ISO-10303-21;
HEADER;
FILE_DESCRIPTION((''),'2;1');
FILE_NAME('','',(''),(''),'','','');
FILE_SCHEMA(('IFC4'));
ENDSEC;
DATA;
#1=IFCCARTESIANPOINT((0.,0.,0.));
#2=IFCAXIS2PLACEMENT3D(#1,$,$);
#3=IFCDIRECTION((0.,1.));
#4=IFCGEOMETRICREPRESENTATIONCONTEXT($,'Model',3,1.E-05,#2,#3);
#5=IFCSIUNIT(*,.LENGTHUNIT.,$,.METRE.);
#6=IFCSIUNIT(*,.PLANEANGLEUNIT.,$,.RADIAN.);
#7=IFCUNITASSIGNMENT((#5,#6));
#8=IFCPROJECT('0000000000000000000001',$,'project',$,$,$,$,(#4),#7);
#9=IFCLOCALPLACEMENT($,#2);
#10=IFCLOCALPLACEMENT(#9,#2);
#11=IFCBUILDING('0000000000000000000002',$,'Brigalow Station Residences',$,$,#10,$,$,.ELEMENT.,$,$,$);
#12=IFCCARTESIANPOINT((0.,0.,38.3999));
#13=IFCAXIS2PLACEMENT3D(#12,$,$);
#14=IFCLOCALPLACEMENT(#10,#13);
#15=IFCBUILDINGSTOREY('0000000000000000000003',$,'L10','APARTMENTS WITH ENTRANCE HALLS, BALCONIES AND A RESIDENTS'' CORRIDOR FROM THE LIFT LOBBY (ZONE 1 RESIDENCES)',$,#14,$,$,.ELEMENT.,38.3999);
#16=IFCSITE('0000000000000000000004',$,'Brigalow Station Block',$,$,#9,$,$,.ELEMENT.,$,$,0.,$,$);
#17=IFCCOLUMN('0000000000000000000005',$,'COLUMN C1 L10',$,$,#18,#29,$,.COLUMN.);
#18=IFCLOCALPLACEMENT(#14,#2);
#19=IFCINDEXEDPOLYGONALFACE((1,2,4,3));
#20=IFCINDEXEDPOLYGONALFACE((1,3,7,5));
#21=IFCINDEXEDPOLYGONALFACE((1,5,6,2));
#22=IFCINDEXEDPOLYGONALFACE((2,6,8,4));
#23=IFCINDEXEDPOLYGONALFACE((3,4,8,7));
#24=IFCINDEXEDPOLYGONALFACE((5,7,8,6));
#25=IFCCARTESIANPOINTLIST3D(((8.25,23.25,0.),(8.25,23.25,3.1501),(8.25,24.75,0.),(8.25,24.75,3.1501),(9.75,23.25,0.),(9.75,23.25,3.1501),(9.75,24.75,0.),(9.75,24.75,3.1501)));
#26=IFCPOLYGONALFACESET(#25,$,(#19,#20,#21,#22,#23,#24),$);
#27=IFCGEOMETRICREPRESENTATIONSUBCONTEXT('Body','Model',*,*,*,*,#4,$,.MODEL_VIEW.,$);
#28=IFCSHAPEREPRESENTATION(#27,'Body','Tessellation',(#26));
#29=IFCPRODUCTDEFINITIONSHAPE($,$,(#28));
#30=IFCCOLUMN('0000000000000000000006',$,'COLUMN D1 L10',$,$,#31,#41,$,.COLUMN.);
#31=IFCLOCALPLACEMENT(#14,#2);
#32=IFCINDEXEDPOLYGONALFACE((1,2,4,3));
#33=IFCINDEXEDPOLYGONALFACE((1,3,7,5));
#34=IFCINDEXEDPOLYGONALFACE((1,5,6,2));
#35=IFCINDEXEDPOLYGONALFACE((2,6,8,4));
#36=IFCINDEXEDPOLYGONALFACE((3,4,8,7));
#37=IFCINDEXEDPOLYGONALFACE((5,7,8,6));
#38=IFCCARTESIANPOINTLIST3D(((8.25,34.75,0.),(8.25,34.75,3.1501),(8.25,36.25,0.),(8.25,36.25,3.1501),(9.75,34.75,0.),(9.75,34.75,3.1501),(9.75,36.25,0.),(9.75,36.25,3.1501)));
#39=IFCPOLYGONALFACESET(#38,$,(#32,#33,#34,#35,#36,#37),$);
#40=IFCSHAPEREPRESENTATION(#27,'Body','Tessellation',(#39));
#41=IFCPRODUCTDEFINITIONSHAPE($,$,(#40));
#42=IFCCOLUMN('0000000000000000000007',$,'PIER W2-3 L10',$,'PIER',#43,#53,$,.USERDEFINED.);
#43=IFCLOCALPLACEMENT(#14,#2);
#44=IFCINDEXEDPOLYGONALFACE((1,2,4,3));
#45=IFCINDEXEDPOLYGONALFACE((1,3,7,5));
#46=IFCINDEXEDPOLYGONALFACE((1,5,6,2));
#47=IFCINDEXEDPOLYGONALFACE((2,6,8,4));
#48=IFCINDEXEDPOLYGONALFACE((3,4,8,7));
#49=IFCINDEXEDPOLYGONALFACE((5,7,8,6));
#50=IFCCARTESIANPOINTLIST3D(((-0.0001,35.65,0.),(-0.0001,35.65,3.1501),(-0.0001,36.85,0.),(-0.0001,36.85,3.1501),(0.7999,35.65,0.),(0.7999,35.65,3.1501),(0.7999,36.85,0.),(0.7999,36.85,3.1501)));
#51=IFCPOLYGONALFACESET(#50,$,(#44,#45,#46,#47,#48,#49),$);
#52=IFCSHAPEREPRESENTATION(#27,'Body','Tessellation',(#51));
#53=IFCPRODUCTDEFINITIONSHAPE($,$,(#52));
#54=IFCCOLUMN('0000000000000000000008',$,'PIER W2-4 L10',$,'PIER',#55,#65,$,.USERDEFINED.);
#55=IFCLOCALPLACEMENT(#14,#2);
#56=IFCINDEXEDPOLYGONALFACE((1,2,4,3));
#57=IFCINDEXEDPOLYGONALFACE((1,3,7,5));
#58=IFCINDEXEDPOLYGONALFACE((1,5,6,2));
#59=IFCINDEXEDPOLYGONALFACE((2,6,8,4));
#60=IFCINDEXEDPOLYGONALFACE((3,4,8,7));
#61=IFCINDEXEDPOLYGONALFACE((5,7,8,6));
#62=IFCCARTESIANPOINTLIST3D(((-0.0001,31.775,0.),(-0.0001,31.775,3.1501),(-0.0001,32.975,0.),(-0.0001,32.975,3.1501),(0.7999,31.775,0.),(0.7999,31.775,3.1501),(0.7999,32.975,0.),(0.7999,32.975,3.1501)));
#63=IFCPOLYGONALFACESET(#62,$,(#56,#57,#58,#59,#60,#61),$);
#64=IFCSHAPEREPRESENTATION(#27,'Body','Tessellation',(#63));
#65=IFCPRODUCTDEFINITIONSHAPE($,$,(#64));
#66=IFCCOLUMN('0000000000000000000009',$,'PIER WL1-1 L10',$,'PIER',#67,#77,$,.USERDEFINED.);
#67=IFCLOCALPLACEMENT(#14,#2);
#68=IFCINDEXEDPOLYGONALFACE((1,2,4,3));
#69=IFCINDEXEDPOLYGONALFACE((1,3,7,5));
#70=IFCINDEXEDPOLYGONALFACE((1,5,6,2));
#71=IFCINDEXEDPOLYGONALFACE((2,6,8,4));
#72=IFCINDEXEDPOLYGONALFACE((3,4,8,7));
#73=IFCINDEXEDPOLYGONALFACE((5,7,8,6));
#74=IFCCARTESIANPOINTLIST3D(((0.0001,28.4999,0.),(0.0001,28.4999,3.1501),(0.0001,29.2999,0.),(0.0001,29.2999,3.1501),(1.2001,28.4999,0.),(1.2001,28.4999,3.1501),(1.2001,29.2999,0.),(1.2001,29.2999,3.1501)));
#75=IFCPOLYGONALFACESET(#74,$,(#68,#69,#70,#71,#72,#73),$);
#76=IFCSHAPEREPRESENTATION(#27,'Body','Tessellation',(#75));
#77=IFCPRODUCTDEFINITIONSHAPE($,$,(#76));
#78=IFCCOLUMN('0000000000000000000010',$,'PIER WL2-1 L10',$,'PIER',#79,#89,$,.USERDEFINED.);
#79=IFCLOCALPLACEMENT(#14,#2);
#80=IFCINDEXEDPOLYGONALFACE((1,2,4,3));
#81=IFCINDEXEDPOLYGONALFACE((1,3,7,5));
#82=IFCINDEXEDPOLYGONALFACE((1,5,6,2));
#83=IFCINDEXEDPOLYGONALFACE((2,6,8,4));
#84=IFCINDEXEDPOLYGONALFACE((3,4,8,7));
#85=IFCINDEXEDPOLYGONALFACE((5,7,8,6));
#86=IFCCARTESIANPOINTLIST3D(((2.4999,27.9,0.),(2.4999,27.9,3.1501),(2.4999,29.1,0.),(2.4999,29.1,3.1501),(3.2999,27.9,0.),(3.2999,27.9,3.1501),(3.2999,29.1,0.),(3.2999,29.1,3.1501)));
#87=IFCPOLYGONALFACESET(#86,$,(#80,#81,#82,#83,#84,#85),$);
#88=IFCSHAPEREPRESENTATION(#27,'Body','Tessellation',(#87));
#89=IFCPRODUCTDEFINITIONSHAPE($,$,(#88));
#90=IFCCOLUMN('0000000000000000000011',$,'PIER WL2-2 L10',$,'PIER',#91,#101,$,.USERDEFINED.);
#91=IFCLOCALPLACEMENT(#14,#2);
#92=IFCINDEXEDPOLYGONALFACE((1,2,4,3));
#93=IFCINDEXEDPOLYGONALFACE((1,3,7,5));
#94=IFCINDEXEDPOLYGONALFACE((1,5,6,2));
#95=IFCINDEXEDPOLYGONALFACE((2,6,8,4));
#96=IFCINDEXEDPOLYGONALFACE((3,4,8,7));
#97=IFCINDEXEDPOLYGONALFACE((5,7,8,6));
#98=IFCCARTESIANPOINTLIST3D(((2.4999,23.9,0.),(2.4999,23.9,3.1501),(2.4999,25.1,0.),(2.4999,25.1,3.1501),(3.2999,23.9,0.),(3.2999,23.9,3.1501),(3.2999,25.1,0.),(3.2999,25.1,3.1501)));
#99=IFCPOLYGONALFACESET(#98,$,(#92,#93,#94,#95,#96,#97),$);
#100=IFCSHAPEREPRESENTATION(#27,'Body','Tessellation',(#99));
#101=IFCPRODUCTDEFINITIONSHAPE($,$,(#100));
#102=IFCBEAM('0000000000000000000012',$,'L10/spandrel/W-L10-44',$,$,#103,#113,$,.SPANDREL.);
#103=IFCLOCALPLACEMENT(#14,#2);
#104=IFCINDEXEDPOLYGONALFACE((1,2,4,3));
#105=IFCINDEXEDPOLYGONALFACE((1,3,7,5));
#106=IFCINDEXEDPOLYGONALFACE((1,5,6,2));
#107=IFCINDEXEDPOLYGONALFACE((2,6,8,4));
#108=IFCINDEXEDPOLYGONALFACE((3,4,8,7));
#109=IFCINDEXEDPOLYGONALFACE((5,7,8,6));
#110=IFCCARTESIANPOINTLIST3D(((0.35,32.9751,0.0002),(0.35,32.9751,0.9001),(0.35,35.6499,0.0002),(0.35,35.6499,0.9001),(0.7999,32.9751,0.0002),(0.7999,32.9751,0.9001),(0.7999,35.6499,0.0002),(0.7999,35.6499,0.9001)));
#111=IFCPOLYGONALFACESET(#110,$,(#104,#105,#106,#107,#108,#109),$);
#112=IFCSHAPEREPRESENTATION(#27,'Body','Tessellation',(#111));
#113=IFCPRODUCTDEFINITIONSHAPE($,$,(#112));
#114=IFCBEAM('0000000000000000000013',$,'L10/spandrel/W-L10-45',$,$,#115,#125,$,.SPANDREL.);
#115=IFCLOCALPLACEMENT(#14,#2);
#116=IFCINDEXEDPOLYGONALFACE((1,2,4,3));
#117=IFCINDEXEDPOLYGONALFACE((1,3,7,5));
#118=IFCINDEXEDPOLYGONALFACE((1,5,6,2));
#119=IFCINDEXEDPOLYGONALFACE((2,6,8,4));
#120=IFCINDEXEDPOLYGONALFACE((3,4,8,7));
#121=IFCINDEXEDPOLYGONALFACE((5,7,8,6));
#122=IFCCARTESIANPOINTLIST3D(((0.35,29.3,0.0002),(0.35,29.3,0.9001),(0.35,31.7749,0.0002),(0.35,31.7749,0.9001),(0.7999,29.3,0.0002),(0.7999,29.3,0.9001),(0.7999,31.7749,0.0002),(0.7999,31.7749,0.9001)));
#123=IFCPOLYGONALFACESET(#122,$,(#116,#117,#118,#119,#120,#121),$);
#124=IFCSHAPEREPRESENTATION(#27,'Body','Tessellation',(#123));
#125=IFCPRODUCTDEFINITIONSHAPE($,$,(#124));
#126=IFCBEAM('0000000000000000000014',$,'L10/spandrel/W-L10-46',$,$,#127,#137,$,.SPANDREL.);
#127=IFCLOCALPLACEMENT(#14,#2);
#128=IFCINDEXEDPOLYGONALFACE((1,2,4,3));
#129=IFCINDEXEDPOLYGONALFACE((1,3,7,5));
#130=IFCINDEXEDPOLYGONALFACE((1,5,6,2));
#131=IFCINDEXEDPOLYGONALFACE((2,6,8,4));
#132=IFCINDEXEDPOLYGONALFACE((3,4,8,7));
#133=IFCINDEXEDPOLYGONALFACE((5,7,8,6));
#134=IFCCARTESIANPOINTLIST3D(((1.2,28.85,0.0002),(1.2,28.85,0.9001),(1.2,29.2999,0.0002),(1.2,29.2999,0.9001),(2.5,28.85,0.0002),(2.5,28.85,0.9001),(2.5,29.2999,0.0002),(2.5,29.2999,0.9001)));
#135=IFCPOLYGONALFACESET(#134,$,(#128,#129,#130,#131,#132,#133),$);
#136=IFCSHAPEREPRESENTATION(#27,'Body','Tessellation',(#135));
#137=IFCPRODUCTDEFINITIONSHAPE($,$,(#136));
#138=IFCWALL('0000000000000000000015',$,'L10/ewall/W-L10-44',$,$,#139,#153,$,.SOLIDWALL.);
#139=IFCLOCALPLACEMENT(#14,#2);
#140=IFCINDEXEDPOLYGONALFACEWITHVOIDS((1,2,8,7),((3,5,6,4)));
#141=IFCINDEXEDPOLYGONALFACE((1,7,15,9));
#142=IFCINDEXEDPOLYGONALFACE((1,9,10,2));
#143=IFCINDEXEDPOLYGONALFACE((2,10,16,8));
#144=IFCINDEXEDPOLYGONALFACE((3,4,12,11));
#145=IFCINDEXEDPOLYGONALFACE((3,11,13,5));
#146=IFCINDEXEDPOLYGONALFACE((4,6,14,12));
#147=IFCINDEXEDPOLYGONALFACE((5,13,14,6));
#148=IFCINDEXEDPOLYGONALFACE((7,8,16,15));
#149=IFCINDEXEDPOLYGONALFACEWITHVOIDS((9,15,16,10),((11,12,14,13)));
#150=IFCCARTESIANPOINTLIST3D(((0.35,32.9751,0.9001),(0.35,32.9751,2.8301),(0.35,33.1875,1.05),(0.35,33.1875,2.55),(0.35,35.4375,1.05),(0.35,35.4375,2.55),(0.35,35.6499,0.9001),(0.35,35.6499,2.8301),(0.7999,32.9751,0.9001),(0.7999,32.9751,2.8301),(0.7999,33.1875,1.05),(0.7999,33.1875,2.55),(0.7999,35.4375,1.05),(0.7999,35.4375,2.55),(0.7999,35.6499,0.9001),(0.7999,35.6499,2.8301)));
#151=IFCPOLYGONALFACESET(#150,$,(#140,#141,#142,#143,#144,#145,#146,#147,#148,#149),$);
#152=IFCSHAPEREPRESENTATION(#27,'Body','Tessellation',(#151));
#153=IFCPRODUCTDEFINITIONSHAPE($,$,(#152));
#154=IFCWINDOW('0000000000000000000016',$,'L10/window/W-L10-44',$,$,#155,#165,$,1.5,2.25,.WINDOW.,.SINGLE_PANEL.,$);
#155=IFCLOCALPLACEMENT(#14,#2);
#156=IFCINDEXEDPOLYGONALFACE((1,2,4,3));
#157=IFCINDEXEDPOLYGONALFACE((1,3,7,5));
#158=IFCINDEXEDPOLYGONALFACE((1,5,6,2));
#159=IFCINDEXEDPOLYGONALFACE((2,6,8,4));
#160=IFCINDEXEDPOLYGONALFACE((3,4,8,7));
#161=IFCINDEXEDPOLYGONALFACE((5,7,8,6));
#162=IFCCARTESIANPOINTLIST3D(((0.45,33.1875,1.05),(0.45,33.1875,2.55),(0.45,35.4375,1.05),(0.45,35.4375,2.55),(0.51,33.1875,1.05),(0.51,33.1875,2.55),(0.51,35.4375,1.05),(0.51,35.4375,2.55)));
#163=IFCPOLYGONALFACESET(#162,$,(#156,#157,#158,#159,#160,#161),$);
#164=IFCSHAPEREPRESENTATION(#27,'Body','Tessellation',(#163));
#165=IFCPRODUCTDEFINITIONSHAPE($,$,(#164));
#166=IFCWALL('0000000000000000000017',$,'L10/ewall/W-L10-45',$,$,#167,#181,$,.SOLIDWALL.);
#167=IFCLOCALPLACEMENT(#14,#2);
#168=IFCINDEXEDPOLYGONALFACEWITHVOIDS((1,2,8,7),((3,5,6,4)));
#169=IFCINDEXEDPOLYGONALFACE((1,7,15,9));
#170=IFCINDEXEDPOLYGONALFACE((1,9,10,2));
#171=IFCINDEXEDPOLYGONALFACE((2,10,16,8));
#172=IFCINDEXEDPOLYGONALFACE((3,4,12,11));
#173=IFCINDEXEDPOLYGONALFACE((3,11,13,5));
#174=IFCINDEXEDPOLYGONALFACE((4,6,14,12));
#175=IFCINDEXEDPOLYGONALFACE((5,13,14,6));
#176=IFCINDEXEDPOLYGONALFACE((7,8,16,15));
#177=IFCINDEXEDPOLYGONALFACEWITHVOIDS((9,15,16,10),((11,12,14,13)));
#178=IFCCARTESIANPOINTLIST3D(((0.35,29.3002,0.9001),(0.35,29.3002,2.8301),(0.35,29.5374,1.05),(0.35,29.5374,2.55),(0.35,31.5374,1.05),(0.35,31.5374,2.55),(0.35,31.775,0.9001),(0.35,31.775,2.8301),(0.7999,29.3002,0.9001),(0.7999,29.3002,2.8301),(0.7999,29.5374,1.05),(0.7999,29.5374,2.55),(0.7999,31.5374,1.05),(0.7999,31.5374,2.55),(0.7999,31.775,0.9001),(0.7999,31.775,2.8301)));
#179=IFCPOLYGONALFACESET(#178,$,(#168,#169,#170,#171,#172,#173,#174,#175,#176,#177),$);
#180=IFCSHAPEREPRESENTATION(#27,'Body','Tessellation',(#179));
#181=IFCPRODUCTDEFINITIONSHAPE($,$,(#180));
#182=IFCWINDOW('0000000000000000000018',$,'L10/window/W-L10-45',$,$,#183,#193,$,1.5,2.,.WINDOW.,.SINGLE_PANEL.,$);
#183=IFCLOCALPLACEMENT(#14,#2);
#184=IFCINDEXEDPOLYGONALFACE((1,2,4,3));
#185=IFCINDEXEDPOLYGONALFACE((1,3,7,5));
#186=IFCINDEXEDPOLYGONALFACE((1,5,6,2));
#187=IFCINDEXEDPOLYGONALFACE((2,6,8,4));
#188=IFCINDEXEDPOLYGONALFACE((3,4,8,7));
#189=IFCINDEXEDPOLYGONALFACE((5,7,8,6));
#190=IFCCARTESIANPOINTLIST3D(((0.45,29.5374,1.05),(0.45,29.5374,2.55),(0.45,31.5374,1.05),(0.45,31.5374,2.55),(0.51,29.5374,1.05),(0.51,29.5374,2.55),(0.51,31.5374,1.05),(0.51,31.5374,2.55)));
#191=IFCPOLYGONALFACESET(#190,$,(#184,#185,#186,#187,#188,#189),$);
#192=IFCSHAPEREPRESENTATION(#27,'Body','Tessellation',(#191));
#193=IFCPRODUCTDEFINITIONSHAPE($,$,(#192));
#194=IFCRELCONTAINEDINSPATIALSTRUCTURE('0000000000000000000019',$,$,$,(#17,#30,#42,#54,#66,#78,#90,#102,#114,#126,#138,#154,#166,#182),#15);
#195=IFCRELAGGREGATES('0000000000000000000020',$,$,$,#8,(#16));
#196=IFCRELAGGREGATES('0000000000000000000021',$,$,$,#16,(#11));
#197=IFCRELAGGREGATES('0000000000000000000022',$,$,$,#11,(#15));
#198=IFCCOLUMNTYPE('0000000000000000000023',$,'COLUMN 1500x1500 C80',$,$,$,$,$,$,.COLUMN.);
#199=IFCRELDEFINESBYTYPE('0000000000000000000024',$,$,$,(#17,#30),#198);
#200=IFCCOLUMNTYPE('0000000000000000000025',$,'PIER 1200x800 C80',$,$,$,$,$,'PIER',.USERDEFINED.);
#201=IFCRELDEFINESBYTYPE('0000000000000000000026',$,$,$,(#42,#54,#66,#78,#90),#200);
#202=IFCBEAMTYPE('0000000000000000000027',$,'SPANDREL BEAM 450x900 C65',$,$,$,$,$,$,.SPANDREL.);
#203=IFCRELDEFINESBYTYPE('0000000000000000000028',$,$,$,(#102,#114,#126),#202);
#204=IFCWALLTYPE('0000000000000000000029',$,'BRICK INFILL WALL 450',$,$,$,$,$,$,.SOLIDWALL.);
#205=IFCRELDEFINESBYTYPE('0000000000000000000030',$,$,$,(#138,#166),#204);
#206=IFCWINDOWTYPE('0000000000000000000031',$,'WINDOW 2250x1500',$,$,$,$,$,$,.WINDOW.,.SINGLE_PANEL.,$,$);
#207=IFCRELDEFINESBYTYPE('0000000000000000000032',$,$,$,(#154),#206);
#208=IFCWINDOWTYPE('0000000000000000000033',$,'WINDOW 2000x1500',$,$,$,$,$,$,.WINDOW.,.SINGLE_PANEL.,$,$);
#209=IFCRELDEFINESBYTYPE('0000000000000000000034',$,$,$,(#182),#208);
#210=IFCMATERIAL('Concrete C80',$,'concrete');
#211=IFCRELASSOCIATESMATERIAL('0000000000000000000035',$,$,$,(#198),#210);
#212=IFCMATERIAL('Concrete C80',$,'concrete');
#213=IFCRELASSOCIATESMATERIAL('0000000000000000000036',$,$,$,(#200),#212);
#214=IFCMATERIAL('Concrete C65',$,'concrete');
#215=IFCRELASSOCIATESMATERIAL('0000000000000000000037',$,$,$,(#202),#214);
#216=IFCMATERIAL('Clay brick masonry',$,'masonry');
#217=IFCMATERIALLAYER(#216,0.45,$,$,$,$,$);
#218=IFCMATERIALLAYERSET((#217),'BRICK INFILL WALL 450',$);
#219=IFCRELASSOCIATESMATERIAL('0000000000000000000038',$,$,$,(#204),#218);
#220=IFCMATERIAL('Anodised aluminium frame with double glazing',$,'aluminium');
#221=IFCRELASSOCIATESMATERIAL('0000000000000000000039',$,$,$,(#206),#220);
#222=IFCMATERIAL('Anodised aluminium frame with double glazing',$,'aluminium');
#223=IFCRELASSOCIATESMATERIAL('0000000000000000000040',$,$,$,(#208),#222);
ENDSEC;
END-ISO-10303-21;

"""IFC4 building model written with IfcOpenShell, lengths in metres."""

from ifc_helpers import new_model, si_unit, direction, frame, frame_2d, origin, origin_2d, place, context, subcontext, project, spatial, rectangle, extrude, material, layer, layer_set, material_profile, profile_set, type_object, element, fill, save


model = new_model("IFC4")

# Units and contexts
model_context = context("Model", 3, precision=1e-05, world=origin(), true_north=direction((0.0, 1.0)))
body_context = subcontext(model_context, "Body", "Model", "MODEL_VIEW")
ifc_project = project(units=[si_unit("LENGTHUNIT", "METRE"), si_unit("PLANEANGLEUNIT", "RADIAN")], contexts=[model_context])

# Site, building, storey
site_placement = place(None, origin())
site = spatial("IfcSite", under=ifc_project, at=site_placement, Name="Brigalow Station Block", CompositionType="ELEMENT", RefElevation=0.0)
building_placement = place(site_placement, origin())
building = spatial("IfcBuilding", under=site, at=building_placement, Name="Brigalow Station Residences", CompositionType="ELEMENT")
storey_placement = place(building_placement, frame((0.0, 0.0, 38.3999)))
storey = spatial("IfcBuildingStorey", under=building, at=storey_placement, Name="L10", Description="APARTMENTS WITH ENTRANCE HALLS, BALCONIES AND A RESIDENTS' CORRIDOR FROM THE LIFT LOBBY (ZONE 1 RESIDENCES)", CompositionType="ELEMENT", Elevation=38.3999)

# Columns
ifc_material_1 = material(Name="Concrete C80", Category="concrete")
ifc_material_profile_1 = material_profile(ifc_material_1, rectangle(XDim=1.5, YDim=1.5, at=origin_2d()), Name="RC1500x1500")
ifc_profile_set_1 = profile_set([ifc_material_profile_1], Name="Concrete C80")
column_type_1 = type_object("IfcColumnType", Name="COLUMN 1500x1500 C80", PredefinedType="COLUMN", material=ifc_profile_set_1)
for number, where, z_axis, x_axis, name in (
    (1, (9.0, 24.0, 0.0), (0.0, 0.0, 1.0), (1.0, 0.0, 0.0), "COLUMN C1 L10"),
    (2, (9.0, 35.5, 0.0), (0.0, 0.0, 1.0), (1.0, 0.0, 0.0), "COLUMN D1 L10"),
):
    element("IfcColumn", number, at=place(storey_placement, frame(where, z_axis=z_axis, x_axis=x_axis)), inside=storey, type_object=column_type_1, Name=name, PredefinedType="COLUMN", context=body_context, shape_type="SweptSolid", body=[
        extrude(rectangle(XDim=1.5, YDim=1.5, at=origin_2d()), origin(), (0.0, 0.0, 1.0), 3.1501),
    ])
ifc_material_2 = material(Name="Concrete C80", Category="concrete")
ifc_material_profile_2 = material_profile(ifc_material_2, rectangle(XDim=1.2, YDim=0.8, at=origin_2d()), Name="RC1200x800")
ifc_profile_set_2 = profile_set([ifc_material_profile_2], Name="Concrete C80")
column_type_2 = type_object("IfcColumnType", Name="PIER 1200x800 C80", ElementType="PIER", PredefinedType="USERDEFINED", material=ifc_profile_set_2)
for number, where, z_axis, x_axis, name in (
    (3, (0.3999, 36.25, 0.0), (0.0, 0.0, 1.0), (0.0, -1.0, 0.0), "PIER W2-3 L10"),
    (4, (0.3999, 32.375, 0.0), (0.0, 0.0, 1.0), (0.0, -1.0, 0.0), "PIER W2-4 L10"),
    (5, (0.6001, 28.8999, 0.0), (0.0, 0.0, 1.0), (1.0, 0.0, 0.0), "PIER WL1-1 L10"),
    (6, (2.8999, 28.5, 0.0), (0.0, 0.0, 1.0), (0.0, -1.0, 0.0), "PIER WL2-1 L10"),
    (7, (2.8999, 24.5, 0.0), (0.0, 0.0, 1.0), (0.0, -1.0, 0.0), "PIER WL2-2 L10"),
):
    element("IfcColumn", number, at=place(storey_placement, frame(where, z_axis=z_axis, x_axis=x_axis)), inside=storey, type_object=column_type_2, Name=name, ObjectType="PIER", PredefinedType="USERDEFINED", context=body_context, shape_type="SweptSolid", body=[
        extrude(rectangle(XDim=1.2, YDim=0.8, at=origin_2d()), origin(), (0.0, 0.0, 1.0), 3.1501),
    ])

# Beams
ifc_material_3 = material(Name="Concrete C65", Category="concrete")
ifc_material_profile_3 = material_profile(ifc_material_3, rectangle(XDim=0.45, YDim=0.8999, at=origin_2d()), Name="RC450x900")
ifc_profile_set_3 = profile_set([ifc_material_profile_3], Name="Concrete C65")
beam_type = type_object("IfcBeamType", Name="SPANDREL BEAM 450x900 C65", PredefinedType="SPANDREL", material=ifc_profile_set_3)
beam_1_placement = place(storey_placement, frame((0.575, 35.6499, 0.4502), z_axis=(0.0, -1.0, 0.0), x_axis=(1.0, 0.0, 0.0)))
element("IfcBeam", 8, at=beam_1_placement, inside=storey, type_object=beam_type, Name="L10/spandrel/W-L10-44", PredefinedType="SPANDREL", context=body_context, shape_type="SweptSolid", body=[
    extrude(rectangle(XDim=0.45, YDim=0.8999, at=origin_2d()), origin(), (0.0, 0.0, 1.0), 2.6748),
])
beam_2_placement = place(storey_placement, frame((0.575, 31.7749, 0.4502), z_axis=(0.0, -1.0, 0.0), x_axis=(1.0, 0.0, 0.0)))
element("IfcBeam", 9, at=beam_2_placement, inside=storey, type_object=beam_type, Name="L10/spandrel/W-L10-45", PredefinedType="SPANDREL", context=body_context, shape_type="SweptSolid", body=[
    extrude(rectangle(XDim=0.45, YDim=0.8999, at=origin_2d()), origin(), (0.0, 0.0, 1.0), 2.4749),
])
beam_3_placement = place(storey_placement, frame((1.2, 29.075, 0.4502), z_axis=(1.0, 0.0, 0.0), x_axis=(0.0, 1.0, 0.0)))
element("IfcBeam", 10, at=beam_3_placement, inside=storey, type_object=beam_type, Name="L10/spandrel/W-L10-46", PredefinedType="SPANDREL", context=body_context, shape_type="SweptSolid", body=[
    extrude(rectangle(XDim=0.45, YDim=0.8999, at=origin_2d()), origin(), (0.0, 0.0, 1.0), 1.3),
])

# Walls, openings, windows
ifc_material_4 = material(Name="Clay brick masonry", Category="masonry")
ifc_layer_1 = layer(ifc_material_4, 0.45)
ifc_layer_set_1 = layer_set([ifc_layer_1], Name="BRICK INFILL WALL 450")
wall_type_1 = type_object("IfcWallType", Name="BRICK INFILL WALL 450", PredefinedType="SOLIDWALL", material=ifc_layer_set_1)
wall_1_placement = place(storey_placement, frame((0.575, 35.6499, 0.9001), z_axis=(0.0, 0.0, 1.0), x_axis=(0.0, -1.0, 0.0)))
wall_1 = element("IfcWall", 11, at=wall_1_placement, inside=storey, type_object=wall_type_1, Name="L10/ewall/W-L10-44", PredefinedType="SOLIDWALL", context=body_context, shape_type="SweptSolid", body=[
    extrude(rectangle(XDim=2.6748, YDim=0.45, at=frame_2d((1.3374, 0.0))), origin(), (0.0, 0.0, 1.0), 1.9299),
])
opening_1_placement = place(wall_1_placement, frame((0.2124, 0.0, 0.1499)))
opening_1 = element("IfcOpeningElement", 12, at=opening_1_placement, cuts=wall_1, PredefinedType="OPENING", context=body_context, shape_type="SweptSolid", body=[
    extrude(rectangle(XDim=2.25, YDim=1.5, at=frame_2d((1.125, 0.75))), frame((0.0, 0.2349, 0.0), z_axis=(0.0, -1.0, 0.0), x_axis=(1.0, 0.0, 0.0)), (0.0, 0.0, 1.0), 0.47),
])
ifc_material_5 = material(Name="Anodised aluminium frame with double glazing", Category="aluminium")
window_type_1 = type_object("IfcWindowType", Name="WINDOW 2250x1500", PartitioningType="SINGLE_PANEL", PredefinedType="WINDOW", material=ifc_material_5)
window_1_placement = place(opening_1_placement, origin())
window_1 = element("IfcWindow", 13, at=window_1_placement, inside=storey, type_object=window_type_1, Name="L10/window/W-L10-44", OverallHeight=1.5, OverallWidth=2.25, PartitioningType="SINGLE_PANEL", PredefinedType="WINDOW", context=body_context, shape_type="SweptSolid", body=[
    extrude(rectangle(XDim=2.25, YDim=1.5, at=frame_2d((1.125, 0.75))), frame((0.0, -0.0649, 0.0), z_axis=(0.0, -1.0, 0.0), x_axis=(1.0, 0.0, 0.0)), (0.0, 0.0, 1.0), 0.0601),
])
fill(opening_1, window_1)
wall_2_placement = place(storey_placement, frame((0.575, 31.7749, 0.9001), z_axis=(0.0, 0.0, 1.0), x_axis=(0.0, -1.0, 0.0)))
wall_2 = element("IfcWall", 14, at=wall_2_placement, inside=storey, type_object=wall_type_1, Name="L10/ewall/W-L10-45", PredefinedType="SOLIDWALL", context=body_context, shape_type="SweptSolid", body=[
    extrude(rectangle(XDim=2.4749, YDim=0.45, at=frame_2d((1.2373, 0.0))), origin(), (0.0, 0.0, 1.0), 1.9299),
])
opening_2_placement = place(wall_2_placement, frame((0.2375, 0.0, 0.1499)))
opening_2 = element("IfcOpeningElement", 15, at=opening_2_placement, cuts=wall_2, PredefinedType="OPENING", context=body_context, shape_type="SweptSolid", body=[
    extrude(rectangle(XDim=2.0, YDim=1.5, at=frame_2d((1.0, 0.75))), frame((0.0, 0.2349, 0.0), z_axis=(0.0, -1.0, 0.0), x_axis=(1.0, 0.0, 0.0)), (0.0, 0.0, 1.0), 0.47),
])
ifc_material_6 = material(Name="Anodised aluminium frame with double glazing", Category="aluminium")
window_type_2 = type_object("IfcWindowType", Name="WINDOW 2000x1500", PartitioningType="SINGLE_PANEL", PredefinedType="WINDOW", material=ifc_material_6)
window_2_placement = place(opening_2_placement, origin())
window_2 = element("IfcWindow", 16, at=window_2_placement, inside=storey, type_object=window_type_2, Name="L10/window/W-L10-45", OverallHeight=1.5, OverallWidth=2.0, PartitioningType="SINGLE_PANEL", PredefinedType="WINDOW", context=body_context, shape_type="SweptSolid", body=[
    extrude(rectangle(XDim=2.0, YDim=1.5, at=frame_2d((1.0, 0.75))), frame((0.0, -0.0649, 0.0), z_axis=(0.0, -1.0, 0.0), x_axis=(1.0, 0.0, 0.0)), (0.0, 0.0, 1.0), 0.0601),
])
fill(opening_2, window_2)

save(model, "model.ifc")
